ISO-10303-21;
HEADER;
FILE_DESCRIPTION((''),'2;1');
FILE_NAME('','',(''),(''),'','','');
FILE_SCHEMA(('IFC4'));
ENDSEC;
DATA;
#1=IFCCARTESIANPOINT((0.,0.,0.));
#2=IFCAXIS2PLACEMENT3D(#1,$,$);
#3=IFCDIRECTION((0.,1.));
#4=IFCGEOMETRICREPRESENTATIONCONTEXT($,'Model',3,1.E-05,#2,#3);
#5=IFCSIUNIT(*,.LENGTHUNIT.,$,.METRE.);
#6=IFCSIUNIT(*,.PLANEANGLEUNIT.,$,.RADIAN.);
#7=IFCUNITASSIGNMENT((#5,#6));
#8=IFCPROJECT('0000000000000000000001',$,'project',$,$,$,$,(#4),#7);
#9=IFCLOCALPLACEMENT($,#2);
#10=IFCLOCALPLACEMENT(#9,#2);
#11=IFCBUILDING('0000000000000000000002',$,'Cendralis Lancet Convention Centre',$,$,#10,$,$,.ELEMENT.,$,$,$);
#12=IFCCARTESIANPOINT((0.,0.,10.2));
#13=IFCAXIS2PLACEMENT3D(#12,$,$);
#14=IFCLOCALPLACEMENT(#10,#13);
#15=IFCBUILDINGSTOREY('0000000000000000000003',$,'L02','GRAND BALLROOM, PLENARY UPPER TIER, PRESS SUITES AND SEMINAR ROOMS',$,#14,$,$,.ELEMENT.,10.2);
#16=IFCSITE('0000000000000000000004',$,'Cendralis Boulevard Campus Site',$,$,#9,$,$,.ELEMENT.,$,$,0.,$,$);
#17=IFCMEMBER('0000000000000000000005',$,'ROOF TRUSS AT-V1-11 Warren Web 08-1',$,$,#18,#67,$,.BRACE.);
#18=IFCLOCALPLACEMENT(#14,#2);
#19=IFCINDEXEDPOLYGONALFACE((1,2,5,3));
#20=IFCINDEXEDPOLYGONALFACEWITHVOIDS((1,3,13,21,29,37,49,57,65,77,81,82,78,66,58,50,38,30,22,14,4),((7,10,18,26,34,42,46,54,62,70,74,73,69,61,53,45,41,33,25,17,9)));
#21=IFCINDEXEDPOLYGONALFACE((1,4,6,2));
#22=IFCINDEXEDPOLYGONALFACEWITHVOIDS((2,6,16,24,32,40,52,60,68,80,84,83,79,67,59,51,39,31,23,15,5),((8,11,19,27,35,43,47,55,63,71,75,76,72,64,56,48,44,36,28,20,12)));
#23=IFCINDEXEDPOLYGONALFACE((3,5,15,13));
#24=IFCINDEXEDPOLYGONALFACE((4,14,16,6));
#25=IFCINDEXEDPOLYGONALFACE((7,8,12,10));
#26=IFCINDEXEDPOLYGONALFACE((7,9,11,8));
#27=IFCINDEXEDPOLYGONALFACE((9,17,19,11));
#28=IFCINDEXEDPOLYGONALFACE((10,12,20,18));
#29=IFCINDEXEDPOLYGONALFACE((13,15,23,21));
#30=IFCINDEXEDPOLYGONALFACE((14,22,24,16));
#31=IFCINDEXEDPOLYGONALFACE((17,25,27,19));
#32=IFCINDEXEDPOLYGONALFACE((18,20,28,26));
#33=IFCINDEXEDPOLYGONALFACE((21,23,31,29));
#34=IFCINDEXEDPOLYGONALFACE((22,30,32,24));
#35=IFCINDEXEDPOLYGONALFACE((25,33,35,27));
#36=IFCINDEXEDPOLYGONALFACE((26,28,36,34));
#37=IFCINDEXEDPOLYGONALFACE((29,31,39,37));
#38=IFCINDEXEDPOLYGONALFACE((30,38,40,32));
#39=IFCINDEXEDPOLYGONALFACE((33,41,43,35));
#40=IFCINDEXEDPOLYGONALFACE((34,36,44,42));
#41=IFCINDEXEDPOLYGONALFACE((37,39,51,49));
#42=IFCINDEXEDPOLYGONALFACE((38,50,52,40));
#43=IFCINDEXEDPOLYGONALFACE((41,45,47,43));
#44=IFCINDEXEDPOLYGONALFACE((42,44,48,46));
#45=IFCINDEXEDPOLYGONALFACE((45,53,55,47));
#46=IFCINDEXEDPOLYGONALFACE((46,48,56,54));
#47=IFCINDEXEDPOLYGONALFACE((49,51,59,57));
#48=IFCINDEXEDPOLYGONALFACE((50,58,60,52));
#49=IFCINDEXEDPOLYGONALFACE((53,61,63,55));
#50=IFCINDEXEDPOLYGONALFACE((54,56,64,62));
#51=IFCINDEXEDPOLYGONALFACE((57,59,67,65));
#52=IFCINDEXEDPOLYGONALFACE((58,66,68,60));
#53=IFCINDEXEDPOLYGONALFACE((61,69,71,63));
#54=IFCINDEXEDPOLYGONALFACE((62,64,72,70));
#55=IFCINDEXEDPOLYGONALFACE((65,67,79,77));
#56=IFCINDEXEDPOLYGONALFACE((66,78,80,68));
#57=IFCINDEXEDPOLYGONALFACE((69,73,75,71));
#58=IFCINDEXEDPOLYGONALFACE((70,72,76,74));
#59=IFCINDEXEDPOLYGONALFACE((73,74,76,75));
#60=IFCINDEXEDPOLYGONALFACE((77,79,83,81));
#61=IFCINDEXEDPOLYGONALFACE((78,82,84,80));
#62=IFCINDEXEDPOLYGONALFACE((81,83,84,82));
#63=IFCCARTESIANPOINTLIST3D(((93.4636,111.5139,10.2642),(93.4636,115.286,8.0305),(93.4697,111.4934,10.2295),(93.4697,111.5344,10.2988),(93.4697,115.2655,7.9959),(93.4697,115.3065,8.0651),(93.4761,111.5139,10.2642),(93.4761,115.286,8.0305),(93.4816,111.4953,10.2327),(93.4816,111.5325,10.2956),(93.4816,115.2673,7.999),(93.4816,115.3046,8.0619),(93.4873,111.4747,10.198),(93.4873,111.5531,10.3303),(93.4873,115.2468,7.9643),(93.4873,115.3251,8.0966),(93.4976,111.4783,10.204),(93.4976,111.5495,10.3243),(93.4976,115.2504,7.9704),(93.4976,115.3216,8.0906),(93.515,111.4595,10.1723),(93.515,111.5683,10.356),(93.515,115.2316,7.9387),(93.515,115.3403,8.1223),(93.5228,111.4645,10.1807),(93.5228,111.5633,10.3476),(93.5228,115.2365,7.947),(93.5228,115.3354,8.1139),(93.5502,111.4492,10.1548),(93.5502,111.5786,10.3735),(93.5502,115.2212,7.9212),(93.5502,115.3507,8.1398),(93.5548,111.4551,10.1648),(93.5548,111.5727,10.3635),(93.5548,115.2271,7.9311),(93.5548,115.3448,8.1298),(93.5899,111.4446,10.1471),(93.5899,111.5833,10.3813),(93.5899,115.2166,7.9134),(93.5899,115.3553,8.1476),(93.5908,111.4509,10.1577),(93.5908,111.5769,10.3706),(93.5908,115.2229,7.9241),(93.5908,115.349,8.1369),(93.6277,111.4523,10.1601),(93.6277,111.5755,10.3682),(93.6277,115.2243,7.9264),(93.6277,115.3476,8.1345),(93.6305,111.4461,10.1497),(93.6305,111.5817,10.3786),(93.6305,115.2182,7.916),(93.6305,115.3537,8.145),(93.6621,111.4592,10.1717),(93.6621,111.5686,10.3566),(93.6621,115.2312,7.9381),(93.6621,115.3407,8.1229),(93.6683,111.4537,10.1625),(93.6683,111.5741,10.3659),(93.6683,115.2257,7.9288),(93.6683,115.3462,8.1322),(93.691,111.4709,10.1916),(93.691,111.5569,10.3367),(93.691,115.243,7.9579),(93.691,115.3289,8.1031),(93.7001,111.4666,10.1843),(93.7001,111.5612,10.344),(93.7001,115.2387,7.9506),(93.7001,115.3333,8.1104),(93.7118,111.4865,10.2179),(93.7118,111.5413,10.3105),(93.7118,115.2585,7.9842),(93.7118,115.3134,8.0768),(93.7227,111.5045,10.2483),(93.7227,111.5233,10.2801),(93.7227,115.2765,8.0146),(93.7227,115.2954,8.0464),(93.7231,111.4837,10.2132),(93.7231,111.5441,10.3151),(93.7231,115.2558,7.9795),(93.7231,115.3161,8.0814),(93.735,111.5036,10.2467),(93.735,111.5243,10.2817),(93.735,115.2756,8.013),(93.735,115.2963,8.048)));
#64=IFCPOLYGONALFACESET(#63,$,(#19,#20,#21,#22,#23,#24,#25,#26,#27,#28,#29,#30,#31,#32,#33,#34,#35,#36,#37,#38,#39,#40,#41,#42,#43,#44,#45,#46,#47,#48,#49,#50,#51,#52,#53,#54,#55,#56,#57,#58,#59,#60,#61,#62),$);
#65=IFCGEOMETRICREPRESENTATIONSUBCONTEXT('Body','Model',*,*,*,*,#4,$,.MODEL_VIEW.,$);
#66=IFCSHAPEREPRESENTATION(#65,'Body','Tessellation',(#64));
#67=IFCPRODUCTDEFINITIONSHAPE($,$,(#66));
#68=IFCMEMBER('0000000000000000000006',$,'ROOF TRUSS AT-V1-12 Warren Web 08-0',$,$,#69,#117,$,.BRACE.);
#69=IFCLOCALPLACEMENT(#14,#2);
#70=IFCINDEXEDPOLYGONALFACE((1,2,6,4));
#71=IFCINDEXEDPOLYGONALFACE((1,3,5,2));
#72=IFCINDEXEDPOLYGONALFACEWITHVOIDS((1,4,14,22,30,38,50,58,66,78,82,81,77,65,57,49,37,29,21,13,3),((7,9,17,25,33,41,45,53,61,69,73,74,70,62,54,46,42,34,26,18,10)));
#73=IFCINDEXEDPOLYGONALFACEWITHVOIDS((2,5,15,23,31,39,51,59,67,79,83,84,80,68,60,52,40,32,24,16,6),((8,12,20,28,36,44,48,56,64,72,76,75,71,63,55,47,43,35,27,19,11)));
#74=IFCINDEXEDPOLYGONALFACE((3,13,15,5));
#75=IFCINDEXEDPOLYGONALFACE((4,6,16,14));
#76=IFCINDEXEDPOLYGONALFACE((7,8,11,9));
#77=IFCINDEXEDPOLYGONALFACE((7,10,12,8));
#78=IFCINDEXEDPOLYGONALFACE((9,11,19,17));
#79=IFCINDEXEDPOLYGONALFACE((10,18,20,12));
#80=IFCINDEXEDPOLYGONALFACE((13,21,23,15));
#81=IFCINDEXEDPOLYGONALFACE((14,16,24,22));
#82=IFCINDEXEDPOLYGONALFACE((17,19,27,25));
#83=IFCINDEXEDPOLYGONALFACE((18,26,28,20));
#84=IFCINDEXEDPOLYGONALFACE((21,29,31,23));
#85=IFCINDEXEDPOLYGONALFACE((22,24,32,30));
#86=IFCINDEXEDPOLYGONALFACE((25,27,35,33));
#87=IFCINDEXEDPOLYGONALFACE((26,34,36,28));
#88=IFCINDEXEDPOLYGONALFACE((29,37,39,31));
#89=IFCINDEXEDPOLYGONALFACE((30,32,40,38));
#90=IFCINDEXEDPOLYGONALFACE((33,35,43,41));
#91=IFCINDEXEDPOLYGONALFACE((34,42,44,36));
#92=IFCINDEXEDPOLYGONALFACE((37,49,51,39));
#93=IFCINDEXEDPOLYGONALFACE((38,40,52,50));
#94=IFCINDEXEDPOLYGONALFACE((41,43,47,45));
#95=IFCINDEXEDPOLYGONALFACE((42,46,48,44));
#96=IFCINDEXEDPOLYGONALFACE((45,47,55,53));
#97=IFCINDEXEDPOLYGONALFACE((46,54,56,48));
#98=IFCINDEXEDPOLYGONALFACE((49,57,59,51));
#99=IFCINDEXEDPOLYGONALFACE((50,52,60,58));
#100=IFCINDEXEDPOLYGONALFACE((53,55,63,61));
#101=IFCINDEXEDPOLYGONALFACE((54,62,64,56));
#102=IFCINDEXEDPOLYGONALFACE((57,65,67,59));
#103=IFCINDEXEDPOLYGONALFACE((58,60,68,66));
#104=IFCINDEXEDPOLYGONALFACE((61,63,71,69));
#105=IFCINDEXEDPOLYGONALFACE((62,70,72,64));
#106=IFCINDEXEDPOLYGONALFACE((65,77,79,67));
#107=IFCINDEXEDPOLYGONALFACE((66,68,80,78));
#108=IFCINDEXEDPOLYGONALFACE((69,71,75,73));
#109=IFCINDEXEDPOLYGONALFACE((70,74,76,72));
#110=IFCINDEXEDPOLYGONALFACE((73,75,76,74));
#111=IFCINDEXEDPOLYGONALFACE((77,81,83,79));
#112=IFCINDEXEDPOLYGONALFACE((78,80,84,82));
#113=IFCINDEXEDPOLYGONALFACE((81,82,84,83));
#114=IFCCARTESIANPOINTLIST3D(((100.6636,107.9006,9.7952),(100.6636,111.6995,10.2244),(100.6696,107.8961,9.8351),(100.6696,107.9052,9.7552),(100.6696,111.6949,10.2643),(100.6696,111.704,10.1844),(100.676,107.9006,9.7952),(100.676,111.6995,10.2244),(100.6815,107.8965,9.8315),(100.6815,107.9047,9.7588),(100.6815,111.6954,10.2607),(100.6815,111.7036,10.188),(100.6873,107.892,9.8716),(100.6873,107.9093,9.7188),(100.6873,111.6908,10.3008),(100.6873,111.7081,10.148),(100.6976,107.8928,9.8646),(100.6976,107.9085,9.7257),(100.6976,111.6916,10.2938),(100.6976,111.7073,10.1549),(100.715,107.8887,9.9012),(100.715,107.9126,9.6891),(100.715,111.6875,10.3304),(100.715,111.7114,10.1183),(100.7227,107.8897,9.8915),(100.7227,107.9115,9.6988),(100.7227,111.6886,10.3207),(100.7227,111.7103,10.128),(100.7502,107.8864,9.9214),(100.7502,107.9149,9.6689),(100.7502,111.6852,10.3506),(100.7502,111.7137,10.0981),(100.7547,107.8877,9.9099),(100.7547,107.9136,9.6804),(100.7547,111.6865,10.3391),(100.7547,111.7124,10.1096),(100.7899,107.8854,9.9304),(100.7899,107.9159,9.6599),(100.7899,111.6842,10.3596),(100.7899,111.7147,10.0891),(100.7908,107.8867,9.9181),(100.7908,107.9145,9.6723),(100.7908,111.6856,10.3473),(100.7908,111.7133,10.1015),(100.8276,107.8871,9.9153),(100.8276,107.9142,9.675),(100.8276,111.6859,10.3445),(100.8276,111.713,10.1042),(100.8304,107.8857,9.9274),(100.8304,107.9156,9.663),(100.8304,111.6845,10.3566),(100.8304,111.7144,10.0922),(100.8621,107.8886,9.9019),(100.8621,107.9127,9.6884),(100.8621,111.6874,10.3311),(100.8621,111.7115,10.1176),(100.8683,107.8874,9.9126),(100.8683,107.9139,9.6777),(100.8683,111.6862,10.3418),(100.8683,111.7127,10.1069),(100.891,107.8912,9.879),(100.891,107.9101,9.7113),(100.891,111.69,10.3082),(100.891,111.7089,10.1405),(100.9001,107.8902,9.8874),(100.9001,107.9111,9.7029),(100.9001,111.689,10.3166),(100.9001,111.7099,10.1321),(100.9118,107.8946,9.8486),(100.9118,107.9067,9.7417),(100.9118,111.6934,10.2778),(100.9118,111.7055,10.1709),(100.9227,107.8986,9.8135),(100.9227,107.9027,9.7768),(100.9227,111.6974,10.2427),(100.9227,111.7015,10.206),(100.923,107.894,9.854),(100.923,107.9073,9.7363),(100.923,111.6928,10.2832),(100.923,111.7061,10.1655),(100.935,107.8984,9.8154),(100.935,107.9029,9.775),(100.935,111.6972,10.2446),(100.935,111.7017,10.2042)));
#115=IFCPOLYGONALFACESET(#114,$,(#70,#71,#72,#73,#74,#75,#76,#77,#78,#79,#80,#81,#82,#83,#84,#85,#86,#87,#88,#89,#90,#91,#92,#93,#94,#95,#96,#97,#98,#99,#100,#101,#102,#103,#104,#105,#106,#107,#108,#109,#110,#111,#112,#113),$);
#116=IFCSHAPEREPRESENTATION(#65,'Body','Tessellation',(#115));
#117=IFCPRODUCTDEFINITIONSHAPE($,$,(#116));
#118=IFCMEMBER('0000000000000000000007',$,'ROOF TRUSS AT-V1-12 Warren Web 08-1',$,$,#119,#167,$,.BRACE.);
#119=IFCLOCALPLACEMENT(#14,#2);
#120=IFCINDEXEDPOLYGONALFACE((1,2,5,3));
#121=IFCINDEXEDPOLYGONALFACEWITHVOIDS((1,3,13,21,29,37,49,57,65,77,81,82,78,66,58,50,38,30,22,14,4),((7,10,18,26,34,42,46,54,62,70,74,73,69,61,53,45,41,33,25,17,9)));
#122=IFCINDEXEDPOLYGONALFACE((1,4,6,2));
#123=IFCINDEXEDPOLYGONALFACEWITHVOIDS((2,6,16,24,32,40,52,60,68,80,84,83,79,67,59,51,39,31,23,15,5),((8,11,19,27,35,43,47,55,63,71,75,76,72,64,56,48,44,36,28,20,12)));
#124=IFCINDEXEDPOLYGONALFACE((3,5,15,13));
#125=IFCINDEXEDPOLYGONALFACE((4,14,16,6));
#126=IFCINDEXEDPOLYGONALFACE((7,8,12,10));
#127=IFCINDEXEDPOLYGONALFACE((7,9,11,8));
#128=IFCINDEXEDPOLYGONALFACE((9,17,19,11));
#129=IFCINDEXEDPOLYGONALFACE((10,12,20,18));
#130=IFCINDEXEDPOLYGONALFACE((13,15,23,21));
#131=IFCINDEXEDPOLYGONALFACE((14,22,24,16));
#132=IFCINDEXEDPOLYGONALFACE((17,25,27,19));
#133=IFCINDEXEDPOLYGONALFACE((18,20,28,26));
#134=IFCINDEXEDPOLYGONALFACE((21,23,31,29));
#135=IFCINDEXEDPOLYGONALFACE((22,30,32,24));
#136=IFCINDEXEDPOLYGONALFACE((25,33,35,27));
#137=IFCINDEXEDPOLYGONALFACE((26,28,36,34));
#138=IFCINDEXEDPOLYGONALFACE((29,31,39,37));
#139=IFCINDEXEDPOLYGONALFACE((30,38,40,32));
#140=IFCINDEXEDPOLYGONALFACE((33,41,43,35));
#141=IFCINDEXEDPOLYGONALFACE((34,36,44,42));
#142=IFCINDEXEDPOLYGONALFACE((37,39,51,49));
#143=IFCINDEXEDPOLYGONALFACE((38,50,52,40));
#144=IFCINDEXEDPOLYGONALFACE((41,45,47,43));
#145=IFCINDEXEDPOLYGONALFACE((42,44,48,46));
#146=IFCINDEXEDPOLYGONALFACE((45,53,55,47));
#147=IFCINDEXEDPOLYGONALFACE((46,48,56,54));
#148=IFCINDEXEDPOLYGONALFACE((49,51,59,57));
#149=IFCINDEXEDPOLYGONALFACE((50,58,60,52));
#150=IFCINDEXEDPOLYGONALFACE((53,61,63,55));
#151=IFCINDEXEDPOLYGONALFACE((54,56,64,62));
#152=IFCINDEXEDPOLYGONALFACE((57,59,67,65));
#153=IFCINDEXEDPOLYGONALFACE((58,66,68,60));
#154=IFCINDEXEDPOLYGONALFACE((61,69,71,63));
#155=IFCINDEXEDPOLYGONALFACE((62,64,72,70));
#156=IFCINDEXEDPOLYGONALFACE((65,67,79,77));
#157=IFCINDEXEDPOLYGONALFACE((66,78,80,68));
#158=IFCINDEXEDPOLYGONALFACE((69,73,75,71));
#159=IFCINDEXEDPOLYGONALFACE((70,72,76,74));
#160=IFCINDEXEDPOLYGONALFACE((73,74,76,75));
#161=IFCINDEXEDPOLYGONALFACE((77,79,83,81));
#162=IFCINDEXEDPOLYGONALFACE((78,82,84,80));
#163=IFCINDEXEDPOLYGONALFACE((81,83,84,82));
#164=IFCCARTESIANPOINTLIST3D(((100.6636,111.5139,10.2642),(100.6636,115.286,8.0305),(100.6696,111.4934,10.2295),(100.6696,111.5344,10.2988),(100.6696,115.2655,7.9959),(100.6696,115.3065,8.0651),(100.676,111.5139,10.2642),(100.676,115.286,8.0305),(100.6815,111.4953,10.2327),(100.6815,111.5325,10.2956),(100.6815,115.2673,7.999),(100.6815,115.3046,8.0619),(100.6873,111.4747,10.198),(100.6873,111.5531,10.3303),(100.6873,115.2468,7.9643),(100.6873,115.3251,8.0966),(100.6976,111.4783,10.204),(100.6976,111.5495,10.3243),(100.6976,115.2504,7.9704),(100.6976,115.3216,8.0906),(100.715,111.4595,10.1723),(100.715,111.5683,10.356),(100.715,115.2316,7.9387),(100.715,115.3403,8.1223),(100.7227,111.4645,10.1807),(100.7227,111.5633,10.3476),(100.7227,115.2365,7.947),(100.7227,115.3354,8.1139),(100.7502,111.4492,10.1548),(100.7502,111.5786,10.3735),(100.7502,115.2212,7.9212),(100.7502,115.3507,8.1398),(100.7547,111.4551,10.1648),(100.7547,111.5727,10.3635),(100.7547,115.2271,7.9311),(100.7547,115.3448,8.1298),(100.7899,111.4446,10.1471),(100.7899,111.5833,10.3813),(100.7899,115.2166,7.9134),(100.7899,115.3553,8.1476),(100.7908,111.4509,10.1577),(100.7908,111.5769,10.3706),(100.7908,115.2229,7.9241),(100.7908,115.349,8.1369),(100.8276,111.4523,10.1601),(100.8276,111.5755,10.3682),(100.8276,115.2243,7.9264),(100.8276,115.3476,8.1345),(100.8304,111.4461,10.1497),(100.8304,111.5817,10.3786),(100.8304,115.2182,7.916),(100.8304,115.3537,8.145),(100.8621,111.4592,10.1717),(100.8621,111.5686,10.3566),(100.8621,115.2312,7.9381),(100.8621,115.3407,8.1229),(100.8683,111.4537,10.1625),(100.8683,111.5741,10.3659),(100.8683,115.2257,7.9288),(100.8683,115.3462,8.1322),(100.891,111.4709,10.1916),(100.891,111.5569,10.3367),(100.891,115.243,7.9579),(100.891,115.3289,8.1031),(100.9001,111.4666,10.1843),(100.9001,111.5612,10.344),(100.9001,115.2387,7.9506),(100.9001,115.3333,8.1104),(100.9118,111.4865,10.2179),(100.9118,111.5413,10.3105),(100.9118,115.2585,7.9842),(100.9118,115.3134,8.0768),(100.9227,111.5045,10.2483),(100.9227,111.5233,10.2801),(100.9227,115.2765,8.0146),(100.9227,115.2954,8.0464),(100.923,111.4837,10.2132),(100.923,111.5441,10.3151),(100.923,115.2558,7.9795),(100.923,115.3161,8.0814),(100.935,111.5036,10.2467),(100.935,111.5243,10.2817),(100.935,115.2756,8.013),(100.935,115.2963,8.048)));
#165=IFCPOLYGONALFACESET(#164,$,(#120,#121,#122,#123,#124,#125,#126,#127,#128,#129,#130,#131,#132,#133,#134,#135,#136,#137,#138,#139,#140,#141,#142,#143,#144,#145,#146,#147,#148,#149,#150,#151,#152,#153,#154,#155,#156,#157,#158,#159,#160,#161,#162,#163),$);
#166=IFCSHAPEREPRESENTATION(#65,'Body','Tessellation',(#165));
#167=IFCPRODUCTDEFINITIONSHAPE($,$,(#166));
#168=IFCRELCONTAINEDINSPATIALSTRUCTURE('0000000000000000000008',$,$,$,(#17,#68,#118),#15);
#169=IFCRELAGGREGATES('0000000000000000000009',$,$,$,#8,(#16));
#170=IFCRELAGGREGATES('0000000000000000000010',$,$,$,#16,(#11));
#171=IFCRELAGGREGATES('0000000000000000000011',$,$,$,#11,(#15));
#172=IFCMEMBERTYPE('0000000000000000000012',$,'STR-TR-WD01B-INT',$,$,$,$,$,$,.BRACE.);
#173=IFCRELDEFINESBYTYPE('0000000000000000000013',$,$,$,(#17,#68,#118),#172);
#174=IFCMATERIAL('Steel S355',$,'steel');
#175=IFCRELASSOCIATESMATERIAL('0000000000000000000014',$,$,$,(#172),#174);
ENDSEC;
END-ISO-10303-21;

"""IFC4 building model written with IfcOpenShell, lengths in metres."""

from ifc_helpers import new_model, si_unit, direction, frame, origin, origin_2d, place, context, subcontext, project, spatial, hollow_circle, extrude, material, material_profile, profile_set, type_object, element, save


model = new_model("IFC4")

# Units and contexts
model_context = context("Model", 3, precision=1e-05, world=origin(), true_north=direction((0.0, 1.0)))
body_context = subcontext(model_context, "Body", "Model", "MODEL_VIEW")
ifc_project = project(units=[si_unit("LENGTHUNIT", "METRE"), si_unit("PLANEANGLEUNIT", "RADIAN")], contexts=[model_context])

# Site, building, storey
site_placement = place(None, origin())
site = spatial("IfcSite", under=ifc_project, at=site_placement, Name="Cendralis Boulevard Campus Site", CompositionType="ELEMENT", RefElevation=0.0)
building_placement = place(site_placement, origin())
building = spatial("IfcBuilding", under=site, at=building_placement, Name="Cendralis Lancet Convention Centre", CompositionType="ELEMENT")
storey_placement = place(building_placement, frame((0.0, 0.0, 10.2)))
storey = spatial("IfcBuildingStorey", under=building, at=storey_placement, Name="L02", Description="GRAND BALLROOM, PLENARY UPPER TIER, PRESS SUITES AND SEMINAR ROOMS", CompositionType="ELEMENT", Elevation=10.2)

# Members
ifc_material = material(Name="Steel S355", Category="steel")
ifc_material_profile_1 = material_profile(ifc_material, hollow_circle(Radius=0.1365, WallThickness=0.0125, at=origin_2d()), Name="CHS 273.0x12.5")
ifc_profile_set_1 = profile_set([ifc_material_profile_1], Name="Steel S355")
member_type_1 = type_object("IfcMemberType", Name="STR-TR-WD01B-INT", PredefinedType="BRACE", material=ifc_profile_set_1)
member_1_placement = place(storey_placement, frame((93.6001, 111.5139, 10.2642), z_axis=(0.0, 0.860452, -0.509532), x_axis=(-1.0, 0.0, 0.0)))
element("IfcMember", 1, at=member_1_placement, inside=storey, type_object=member_type_1, Name="ROOF TRUSS AT-V1-11 Warren Web 08-1", PredefinedType="BRACE", context=body_context, shape_type="SweptSolid", body=[
    extrude(hollow_circle(Radius=0.1365, WallThickness=0.0125, at=origin_2d()), origin(), (0.0, 0.0, 1.0), 4.3838),
])
member_2_placement = place(storey_placement, frame((100.8, 107.9006, 9.7952), z_axis=(0.0, 0.993678, 0.112268), x_axis=(-1.0, 0.0, 0.0)))
element("IfcMember", 2, at=member_2_placement, inside=storey, type_object=member_type_1, Name="ROOF TRUSS AT-V1-12 Warren Web 08-0", PredefinedType="BRACE", context=body_context, shape_type="SweptSolid", body=[
    extrude(hollow_circle(Radius=0.1365, WallThickness=0.0125, at=origin_2d()), origin(), (0.0, 0.0, 1.0), 3.823),
])
member_3_placement = place(storey_placement, frame((100.8, 111.5139, 10.2642), z_axis=(0.0, 0.860452, -0.509532), x_axis=(-1.0, 0.0, 0.0)))
element("IfcMember", 3, at=member_3_placement, inside=storey, type_object=member_type_1, Name="ROOF TRUSS AT-V1-12 Warren Web 08-1", PredefinedType="BRACE", context=body_context, shape_type="SweptSolid", body=[
    extrude(hollow_circle(Radius=0.1365, WallThickness=0.0125, at=origin_2d()), origin(), (0.0, 0.0, 1.0), 4.3838),
])

save(model, "model.ifc")
